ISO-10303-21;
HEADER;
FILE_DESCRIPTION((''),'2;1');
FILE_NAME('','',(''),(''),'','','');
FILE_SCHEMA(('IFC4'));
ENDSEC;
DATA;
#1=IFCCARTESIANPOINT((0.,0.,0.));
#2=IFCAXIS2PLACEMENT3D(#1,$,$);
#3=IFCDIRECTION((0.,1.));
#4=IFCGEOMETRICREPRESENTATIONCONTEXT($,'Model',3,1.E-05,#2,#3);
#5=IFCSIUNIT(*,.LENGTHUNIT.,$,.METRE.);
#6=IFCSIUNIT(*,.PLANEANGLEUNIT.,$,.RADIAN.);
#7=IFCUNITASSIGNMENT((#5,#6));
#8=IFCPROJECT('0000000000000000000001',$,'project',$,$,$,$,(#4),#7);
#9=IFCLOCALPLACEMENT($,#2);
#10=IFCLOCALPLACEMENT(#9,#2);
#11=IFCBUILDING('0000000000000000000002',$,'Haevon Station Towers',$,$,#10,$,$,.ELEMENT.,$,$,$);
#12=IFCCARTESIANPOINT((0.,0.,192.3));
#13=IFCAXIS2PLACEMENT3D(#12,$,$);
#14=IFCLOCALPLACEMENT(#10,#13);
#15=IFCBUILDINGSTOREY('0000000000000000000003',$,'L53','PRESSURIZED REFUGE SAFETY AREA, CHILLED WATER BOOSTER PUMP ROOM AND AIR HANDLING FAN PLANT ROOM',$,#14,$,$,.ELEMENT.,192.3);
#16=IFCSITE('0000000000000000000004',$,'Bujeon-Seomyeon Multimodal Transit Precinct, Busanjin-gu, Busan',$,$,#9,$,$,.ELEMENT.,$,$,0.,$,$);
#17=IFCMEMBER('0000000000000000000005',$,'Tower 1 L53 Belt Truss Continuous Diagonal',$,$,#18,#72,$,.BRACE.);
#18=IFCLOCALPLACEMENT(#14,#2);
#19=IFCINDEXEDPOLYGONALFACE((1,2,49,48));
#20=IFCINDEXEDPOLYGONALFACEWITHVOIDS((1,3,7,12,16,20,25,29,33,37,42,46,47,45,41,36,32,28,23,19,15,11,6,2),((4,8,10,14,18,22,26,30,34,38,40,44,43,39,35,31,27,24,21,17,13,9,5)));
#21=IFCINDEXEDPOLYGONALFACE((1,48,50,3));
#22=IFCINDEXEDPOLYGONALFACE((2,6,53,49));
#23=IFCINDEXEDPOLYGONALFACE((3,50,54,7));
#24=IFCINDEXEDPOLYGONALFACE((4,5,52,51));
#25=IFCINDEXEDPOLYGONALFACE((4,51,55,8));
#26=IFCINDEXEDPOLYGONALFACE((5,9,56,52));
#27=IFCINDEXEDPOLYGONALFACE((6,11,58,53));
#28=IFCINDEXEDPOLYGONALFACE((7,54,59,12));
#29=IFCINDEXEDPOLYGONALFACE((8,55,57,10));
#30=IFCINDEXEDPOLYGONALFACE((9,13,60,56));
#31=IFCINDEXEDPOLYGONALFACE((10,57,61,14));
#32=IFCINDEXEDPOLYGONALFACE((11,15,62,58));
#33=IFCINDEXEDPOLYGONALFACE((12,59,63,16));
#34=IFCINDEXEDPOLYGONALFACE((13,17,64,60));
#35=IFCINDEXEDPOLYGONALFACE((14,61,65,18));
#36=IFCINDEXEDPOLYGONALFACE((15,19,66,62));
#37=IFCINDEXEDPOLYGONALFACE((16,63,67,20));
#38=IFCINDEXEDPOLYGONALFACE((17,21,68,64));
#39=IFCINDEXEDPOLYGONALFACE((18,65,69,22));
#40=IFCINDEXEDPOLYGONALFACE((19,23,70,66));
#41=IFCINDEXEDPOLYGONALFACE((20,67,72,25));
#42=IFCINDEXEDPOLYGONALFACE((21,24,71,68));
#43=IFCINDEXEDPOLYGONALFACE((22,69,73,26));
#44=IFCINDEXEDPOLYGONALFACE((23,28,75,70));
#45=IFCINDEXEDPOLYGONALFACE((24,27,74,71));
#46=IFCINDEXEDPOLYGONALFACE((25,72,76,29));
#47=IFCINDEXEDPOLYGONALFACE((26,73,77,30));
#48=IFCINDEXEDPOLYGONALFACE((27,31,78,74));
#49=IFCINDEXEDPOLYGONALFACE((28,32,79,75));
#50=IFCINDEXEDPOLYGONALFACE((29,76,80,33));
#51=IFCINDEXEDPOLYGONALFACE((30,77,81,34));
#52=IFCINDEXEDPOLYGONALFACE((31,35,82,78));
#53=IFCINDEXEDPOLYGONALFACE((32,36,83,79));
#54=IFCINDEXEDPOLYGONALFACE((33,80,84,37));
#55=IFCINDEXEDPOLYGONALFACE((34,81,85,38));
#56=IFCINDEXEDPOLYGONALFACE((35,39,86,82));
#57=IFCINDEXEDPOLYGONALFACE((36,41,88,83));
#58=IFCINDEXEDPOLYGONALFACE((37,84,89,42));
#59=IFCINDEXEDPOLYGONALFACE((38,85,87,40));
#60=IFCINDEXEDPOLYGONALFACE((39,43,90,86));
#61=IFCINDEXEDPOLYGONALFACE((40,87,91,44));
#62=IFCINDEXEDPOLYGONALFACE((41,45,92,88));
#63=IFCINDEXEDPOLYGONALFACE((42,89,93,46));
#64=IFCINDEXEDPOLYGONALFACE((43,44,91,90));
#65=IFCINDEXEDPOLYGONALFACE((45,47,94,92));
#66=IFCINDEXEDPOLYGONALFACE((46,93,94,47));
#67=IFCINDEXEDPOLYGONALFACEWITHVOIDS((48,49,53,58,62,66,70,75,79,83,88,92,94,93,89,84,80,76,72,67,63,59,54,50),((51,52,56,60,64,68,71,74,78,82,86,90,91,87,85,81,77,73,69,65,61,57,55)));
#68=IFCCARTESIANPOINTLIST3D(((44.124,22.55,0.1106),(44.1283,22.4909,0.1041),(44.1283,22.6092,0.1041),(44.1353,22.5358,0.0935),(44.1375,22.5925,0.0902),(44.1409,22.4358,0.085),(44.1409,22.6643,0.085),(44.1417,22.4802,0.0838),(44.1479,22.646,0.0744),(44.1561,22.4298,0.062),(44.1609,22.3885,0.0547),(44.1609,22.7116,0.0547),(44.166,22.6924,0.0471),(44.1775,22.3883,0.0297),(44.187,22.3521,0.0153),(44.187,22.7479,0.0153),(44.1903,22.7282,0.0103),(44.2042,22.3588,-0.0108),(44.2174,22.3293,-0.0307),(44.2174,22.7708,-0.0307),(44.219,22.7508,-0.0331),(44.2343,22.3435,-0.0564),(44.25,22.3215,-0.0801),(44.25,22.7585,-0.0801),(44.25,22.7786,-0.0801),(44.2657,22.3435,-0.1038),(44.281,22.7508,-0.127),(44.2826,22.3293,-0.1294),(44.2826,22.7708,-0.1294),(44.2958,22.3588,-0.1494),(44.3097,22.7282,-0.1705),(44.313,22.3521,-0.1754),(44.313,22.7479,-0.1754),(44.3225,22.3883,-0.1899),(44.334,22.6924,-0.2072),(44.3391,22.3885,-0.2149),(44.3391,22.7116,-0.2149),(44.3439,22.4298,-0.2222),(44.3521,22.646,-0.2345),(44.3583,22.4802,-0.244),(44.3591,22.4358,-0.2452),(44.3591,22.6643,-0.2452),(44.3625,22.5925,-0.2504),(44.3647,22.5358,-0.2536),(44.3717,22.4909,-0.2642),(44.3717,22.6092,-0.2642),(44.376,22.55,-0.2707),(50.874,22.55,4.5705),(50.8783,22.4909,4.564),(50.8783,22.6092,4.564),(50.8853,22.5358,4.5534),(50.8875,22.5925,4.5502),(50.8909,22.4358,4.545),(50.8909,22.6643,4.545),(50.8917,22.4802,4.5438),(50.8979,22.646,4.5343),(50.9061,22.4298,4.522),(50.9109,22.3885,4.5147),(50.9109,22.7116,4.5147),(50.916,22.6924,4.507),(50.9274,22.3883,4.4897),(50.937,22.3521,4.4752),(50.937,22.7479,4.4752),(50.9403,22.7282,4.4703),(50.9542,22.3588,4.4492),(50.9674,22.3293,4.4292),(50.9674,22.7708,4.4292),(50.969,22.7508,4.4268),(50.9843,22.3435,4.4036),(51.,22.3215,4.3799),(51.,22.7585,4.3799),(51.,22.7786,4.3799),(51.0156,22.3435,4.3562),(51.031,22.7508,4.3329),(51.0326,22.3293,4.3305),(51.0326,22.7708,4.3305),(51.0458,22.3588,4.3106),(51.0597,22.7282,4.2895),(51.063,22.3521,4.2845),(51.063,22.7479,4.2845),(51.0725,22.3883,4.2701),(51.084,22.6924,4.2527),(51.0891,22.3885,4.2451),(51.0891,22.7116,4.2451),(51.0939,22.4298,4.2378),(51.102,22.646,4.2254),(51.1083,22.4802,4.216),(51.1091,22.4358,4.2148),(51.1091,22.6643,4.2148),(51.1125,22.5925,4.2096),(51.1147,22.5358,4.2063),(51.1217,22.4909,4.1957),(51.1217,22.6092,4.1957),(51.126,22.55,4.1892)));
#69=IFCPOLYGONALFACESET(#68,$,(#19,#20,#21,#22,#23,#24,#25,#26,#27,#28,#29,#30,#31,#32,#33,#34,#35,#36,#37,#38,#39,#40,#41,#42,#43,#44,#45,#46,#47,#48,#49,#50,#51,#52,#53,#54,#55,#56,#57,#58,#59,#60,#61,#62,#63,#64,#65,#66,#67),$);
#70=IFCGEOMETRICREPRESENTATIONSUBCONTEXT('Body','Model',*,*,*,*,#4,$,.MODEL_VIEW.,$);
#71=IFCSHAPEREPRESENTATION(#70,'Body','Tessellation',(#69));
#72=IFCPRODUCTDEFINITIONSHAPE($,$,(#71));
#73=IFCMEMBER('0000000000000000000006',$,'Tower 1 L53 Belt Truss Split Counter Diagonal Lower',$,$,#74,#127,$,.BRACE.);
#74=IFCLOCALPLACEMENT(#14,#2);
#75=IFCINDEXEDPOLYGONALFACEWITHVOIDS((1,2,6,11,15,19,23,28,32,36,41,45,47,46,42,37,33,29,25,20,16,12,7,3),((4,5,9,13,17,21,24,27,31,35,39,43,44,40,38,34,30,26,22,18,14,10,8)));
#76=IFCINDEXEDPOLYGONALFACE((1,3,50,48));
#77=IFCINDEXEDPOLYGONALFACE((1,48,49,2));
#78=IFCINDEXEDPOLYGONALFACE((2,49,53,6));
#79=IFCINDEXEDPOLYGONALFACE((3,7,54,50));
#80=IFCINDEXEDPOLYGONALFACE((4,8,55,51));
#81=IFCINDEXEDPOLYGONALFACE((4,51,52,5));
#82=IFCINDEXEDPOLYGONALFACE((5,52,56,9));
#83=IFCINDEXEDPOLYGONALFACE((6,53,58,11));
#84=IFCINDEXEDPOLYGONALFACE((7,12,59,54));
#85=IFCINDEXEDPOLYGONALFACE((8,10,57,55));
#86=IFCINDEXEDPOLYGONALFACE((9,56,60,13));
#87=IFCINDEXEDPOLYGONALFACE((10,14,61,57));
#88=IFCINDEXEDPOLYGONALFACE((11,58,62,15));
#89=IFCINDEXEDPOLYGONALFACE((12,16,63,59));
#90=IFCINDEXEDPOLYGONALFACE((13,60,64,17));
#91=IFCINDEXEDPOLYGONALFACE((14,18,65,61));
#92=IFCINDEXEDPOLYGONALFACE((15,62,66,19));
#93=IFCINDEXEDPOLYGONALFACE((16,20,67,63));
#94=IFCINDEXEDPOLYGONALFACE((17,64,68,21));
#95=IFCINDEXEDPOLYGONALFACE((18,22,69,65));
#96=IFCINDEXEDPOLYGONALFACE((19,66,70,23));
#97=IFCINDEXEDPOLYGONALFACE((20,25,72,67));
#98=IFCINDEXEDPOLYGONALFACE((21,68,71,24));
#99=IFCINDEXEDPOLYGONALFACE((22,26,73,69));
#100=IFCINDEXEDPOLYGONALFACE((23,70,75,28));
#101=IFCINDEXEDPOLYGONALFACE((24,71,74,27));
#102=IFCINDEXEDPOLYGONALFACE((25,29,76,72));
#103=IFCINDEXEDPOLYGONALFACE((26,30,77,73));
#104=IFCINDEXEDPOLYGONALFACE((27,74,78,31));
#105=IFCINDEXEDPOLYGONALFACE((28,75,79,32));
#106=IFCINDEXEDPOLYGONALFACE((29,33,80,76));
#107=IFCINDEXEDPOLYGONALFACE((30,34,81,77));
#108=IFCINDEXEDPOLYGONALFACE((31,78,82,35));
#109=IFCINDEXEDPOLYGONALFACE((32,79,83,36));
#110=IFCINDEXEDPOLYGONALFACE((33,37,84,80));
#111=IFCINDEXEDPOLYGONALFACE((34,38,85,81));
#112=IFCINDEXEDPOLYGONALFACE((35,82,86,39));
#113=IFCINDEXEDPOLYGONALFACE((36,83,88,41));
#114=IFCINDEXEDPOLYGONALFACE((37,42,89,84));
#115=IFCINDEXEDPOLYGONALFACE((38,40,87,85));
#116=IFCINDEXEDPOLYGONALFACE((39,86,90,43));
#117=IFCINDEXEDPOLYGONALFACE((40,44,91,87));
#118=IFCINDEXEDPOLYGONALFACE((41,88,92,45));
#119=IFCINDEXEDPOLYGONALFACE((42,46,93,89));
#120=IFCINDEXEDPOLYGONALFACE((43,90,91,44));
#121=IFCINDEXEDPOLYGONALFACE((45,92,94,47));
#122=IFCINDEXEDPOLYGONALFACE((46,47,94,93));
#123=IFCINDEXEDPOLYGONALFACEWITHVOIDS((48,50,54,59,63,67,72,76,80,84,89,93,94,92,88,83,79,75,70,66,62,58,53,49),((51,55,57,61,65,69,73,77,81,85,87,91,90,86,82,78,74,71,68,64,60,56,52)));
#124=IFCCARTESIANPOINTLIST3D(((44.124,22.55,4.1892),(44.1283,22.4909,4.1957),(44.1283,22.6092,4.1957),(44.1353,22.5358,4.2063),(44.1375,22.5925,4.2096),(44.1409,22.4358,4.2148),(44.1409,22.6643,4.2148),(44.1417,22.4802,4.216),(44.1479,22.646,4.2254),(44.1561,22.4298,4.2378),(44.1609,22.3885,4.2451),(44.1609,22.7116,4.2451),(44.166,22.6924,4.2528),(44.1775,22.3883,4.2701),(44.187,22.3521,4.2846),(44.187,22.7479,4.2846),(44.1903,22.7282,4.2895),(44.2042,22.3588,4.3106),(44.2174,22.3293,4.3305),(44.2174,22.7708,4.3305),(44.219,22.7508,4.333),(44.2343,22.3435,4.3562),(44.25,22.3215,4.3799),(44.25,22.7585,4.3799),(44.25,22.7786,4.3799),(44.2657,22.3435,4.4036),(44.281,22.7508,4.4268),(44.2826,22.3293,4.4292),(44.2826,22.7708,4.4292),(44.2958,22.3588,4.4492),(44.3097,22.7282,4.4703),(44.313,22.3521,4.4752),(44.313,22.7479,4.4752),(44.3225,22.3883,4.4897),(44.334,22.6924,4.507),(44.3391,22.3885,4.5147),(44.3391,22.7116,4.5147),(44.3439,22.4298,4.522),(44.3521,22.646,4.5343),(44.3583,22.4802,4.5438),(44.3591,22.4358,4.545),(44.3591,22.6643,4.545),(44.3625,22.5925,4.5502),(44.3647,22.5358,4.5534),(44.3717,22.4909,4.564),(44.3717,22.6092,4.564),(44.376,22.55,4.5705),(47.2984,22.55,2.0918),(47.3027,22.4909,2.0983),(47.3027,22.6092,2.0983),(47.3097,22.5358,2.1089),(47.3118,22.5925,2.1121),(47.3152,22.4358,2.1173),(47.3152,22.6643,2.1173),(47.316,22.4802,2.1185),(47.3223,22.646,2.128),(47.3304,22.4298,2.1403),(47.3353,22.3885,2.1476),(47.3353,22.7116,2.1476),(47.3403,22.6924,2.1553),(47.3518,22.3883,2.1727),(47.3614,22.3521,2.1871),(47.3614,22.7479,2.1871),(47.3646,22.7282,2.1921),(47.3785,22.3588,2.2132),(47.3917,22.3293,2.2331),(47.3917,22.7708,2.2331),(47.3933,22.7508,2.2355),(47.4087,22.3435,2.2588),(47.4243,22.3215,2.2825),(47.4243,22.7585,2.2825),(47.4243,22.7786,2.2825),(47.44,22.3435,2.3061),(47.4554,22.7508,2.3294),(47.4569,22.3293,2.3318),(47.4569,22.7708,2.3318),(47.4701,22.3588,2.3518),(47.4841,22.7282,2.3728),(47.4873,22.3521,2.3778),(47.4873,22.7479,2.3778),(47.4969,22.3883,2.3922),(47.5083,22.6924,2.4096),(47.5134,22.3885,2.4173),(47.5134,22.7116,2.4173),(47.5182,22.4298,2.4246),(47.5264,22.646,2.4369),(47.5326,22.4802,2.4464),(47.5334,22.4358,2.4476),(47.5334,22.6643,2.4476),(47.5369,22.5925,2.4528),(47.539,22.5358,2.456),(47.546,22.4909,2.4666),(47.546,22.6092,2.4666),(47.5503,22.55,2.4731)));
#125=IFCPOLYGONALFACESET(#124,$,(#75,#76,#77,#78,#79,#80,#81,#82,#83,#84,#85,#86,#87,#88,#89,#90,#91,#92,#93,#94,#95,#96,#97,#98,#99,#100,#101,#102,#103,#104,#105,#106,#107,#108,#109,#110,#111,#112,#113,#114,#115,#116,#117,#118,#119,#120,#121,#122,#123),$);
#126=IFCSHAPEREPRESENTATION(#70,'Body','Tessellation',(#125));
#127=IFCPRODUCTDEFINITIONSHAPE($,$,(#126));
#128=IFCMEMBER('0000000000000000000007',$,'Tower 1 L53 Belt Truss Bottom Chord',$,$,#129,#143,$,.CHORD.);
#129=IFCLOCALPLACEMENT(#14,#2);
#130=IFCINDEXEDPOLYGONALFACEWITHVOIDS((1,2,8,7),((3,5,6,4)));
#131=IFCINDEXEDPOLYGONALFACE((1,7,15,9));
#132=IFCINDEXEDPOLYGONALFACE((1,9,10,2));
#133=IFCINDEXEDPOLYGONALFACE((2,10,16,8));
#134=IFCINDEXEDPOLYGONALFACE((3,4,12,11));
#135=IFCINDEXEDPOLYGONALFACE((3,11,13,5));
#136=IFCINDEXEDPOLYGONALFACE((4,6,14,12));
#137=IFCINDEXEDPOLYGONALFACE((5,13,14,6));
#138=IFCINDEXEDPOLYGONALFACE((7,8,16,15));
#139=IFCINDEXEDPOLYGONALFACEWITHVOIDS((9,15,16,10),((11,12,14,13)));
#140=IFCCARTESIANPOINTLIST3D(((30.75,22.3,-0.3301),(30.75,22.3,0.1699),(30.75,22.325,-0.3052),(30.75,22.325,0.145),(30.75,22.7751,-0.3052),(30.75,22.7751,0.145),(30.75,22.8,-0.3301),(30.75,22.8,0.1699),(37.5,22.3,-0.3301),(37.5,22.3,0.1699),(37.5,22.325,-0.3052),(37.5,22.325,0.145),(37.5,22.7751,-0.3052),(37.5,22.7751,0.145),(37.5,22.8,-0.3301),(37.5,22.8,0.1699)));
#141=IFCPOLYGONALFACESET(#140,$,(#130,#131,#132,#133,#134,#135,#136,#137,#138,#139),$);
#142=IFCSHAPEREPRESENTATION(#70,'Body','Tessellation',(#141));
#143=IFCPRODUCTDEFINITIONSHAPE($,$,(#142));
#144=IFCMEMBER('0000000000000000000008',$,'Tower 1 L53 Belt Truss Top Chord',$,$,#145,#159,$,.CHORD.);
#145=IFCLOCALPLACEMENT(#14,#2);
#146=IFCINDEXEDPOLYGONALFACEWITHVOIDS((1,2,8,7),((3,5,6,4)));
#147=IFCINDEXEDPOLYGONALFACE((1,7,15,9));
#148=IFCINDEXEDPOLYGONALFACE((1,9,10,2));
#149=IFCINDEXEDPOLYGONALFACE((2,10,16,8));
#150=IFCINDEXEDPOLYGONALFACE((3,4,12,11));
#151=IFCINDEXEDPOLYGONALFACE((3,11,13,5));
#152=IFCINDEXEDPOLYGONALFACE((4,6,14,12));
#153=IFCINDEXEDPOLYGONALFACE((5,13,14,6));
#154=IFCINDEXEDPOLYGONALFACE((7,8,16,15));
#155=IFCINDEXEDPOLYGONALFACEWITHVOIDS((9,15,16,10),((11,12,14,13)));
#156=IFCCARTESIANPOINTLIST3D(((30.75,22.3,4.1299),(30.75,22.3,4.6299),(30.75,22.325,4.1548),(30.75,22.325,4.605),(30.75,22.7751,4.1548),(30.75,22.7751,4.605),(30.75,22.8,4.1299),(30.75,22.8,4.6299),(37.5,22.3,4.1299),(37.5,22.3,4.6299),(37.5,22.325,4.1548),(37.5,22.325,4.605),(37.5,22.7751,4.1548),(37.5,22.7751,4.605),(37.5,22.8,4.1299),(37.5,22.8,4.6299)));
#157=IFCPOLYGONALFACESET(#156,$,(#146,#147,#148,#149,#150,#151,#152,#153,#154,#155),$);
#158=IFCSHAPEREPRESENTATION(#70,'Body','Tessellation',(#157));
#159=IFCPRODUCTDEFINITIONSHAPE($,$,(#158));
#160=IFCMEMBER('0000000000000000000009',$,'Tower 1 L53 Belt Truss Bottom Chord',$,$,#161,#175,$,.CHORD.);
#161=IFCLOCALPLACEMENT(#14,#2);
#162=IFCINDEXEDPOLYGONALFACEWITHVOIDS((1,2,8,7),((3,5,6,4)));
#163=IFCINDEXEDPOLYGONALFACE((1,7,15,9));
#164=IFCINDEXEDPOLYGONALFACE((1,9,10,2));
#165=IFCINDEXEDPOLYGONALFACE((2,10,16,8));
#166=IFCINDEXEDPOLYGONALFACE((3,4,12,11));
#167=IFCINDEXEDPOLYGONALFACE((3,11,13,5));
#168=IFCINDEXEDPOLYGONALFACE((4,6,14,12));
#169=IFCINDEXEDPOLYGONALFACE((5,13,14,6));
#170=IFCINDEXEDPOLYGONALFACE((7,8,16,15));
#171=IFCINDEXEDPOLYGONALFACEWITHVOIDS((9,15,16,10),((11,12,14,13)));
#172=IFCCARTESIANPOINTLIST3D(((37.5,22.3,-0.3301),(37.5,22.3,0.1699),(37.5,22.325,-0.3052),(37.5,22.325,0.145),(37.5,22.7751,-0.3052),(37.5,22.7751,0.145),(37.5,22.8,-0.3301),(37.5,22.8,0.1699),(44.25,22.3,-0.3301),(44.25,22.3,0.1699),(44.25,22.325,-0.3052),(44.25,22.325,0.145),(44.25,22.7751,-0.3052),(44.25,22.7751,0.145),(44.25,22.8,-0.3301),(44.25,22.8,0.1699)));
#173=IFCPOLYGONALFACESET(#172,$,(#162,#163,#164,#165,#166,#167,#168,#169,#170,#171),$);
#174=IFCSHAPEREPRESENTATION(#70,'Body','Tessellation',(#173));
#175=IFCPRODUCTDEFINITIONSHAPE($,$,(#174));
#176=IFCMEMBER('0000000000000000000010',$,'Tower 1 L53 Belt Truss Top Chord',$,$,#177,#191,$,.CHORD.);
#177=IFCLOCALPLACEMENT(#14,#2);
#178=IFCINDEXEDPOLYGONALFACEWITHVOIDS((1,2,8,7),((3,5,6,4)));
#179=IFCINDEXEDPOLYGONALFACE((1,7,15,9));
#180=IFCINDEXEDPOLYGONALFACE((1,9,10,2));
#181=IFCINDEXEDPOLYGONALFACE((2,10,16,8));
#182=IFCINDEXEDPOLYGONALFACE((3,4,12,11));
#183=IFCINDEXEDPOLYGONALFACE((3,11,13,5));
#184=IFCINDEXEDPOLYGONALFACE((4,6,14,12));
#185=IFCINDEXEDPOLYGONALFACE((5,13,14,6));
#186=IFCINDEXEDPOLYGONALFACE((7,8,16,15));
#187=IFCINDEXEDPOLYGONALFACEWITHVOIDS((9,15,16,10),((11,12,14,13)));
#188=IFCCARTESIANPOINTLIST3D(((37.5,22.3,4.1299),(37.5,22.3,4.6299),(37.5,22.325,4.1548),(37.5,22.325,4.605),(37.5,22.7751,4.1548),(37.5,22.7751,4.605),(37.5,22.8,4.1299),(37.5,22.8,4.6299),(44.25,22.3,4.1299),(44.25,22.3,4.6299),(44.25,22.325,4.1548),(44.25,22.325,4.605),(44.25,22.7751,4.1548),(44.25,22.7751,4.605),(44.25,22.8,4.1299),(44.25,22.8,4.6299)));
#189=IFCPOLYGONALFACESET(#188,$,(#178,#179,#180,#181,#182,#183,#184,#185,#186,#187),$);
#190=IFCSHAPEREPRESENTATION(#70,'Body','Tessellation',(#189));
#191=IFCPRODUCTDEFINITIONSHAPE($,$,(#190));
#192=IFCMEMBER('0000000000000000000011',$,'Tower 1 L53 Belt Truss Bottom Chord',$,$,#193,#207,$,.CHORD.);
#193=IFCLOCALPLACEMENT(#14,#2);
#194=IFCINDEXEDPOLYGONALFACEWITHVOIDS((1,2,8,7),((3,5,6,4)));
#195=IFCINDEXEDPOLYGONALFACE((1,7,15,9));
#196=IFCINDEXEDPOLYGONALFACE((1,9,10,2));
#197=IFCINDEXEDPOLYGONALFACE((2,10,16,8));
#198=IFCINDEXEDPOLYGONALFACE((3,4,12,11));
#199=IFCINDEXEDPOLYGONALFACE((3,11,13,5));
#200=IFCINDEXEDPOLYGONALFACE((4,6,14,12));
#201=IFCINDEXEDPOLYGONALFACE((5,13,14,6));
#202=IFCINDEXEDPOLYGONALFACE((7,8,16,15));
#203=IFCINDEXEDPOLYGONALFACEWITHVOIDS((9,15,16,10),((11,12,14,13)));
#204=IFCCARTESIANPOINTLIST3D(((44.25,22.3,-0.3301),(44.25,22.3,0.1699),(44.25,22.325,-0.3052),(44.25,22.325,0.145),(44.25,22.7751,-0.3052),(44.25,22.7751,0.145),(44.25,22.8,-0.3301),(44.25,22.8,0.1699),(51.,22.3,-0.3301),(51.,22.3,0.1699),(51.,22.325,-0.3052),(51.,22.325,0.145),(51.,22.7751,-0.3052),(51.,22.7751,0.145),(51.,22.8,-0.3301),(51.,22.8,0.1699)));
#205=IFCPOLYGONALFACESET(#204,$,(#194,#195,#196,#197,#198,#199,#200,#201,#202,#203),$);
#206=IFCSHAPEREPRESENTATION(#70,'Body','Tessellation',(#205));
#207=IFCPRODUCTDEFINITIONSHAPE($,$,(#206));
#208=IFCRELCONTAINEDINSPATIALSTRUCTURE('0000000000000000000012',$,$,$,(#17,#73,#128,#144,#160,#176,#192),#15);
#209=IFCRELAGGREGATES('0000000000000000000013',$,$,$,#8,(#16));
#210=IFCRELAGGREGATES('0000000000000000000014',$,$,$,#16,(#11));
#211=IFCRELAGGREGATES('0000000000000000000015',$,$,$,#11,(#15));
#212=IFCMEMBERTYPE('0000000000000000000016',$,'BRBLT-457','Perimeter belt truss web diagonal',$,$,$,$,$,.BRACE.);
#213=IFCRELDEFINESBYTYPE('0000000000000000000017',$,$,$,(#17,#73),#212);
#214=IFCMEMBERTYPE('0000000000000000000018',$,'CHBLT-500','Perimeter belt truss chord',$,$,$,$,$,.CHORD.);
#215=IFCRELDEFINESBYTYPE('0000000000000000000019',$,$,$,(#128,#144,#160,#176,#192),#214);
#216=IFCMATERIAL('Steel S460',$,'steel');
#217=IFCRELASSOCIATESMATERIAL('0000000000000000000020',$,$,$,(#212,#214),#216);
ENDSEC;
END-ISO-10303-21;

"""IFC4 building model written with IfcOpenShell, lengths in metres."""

from ifc_helpers import new_model, si_unit, direction, frame, origin, origin_2d, place, context, subcontext, project, spatial, hollow_rectangle, hollow_circle, extrude, material, material_profile, profile_set, type_object, element, save


model = new_model("IFC4")

# Units and contexts
model_context = context("Model", 3, precision=1e-05, world=origin(), true_north=direction((0.0, 1.0)))
body_context = subcontext(model_context, "Body", "Model", "MODEL_VIEW")
ifc_project = project(units=[si_unit("LENGTHUNIT", "METRE"), si_unit("PLANEANGLEUNIT", "RADIAN")], contexts=[model_context])

# Site, building, storey
site_placement = place(None, origin())
site = spatial("IfcSite", under=ifc_project, at=site_placement, Name="Bujeon-Seomyeon Multimodal Transit Precinct, Busanjin-gu, Busan", CompositionType="ELEMENT", RefElevation=0.0)
building_placement = place(site_placement, origin())
building = spatial("IfcBuilding", under=site, at=building_placement, Name="Haevon Station Towers", CompositionType="ELEMENT")
storey_placement = place(building_placement, frame((0.0, 0.0, 192.3)))
storey = spatial("IfcBuildingStorey", under=building, at=storey_placement, Name="L53", Description="PRESSURIZED REFUGE SAFETY AREA, CHILLED WATER BOOSTER PUMP ROOM AND AIR HANDLING FAN PLANT ROOM", CompositionType="ELEMENT", Elevation=192.3)

# Shared definitions
ifc_material_1 = material(Name="Steel S460", Category="steel")

# Members
ifc_material_profile_1 = material_profile(ifc_material_1, hollow_circle(Radius=0.2285, WallThickness=0.02, at=origin_2d()), Name="CHS-457x20")
ifc_profile_set_1 = profile_set([ifc_material_profile_1], Name="Steel S460")
member_type_1 = type_object("IfcMemberType", Name="BRBLT-457", Description="Perimeter belt truss web diagonal", PredefinedType="BRACE", material=ifc_profile_set_1)
member_1_placement = place(storey_placement, frame((44.25, 22.55, -0.0801), z_axis=(0.834327, 0.0, 0.551269), x_axis=(0.0, 1.0, 0.0)))
element("IfcMember", 1, at=member_1_placement, inside=storey, type_object=member_type_1, Name="Tower 1 L53 Belt Truss Continuous Diagonal", PredefinedType="BRACE", context=body_context, shape_type="SweptSolid", body=[
    extrude(hollow_circle(Radius=0.2285, WallThickness=0.02, at=origin_2d()), origin(), (0.0, 0.0, 1.0), 8.0903),
])
member_2_placement = place(storey_placement, frame((44.25, 22.55, 4.3799), z_axis=(0.834324, 0.0, -0.551275), x_axis=(0.0, 1.0, 0.0)))
element("IfcMember", 2, at=member_2_placement, inside=storey, type_object=member_type_1, Name="Tower 1 L53 Belt Truss Split Counter Diagonal Lower", PredefinedType="BRACE", context=body_context, shape_type="SweptSolid", body=[
    extrude(hollow_circle(Radius=0.2285, WallThickness=0.02, at=origin_2d()), origin(), (0.0, 0.0, 1.0), 3.8047),
])
ifc_material_profile_2 = material_profile(ifc_material_1, hollow_rectangle(XDim=0.5, YDim=0.5, WallThickness=0.0249, at=origin_2d()), Name="RHS-500x500x25")
ifc_profile_set_2 = profile_set([ifc_material_profile_2], Name="Steel S460")
member_type_2 = type_object("IfcMemberType", Name="CHBLT-500", Description="Perimeter belt truss chord", PredefinedType="CHORD", material=ifc_profile_set_2)
for number, where, z_axis, x_axis, name in (
    (3, (30.75, 22.55, -0.0801), (1.0, 0.0, 0.0), (0.0, 1.0, 0.0), "Tower 1 L53 Belt Truss Bottom Chord"),
    (4, (30.75, 22.55, 4.3799), (1.0, 0.0, 0.0), (0.0, 1.0, 0.0), "Tower 1 L53 Belt Truss Top Chord"),
    (5, (37.5, 22.55, -0.0801), (1.0, 0.0, 0.0), (0.0, 1.0, 0.0), "Tower 1 L53 Belt Truss Bottom Chord"),
    (6, (37.5, 22.55, 4.3799), (1.0, 0.0, 0.0), (0.0, 1.0, 0.0), "Tower 1 L53 Belt Truss Top Chord"),
    (7, (44.25, 22.55, -0.0801), (1.0, 0.0, 0.0), (0.0, 1.0, 0.0), "Tower 1 L53 Belt Truss Bottom Chord"),
):
    element("IfcMember", number, at=place(storey_placement, frame(where, z_axis=z_axis, x_axis=x_axis)), inside=storey, type_object=member_type_2, Name=name, PredefinedType="CHORD", context=body_context, shape_type="SweptSolid", body=[
        extrude(hollow_rectangle(XDim=0.5, YDim=0.5, WallThickness=0.0249, at=origin_2d()), origin(), (0.0, 0.0, 1.0), 6.75),
    ])

save(model, "model.ifc")
